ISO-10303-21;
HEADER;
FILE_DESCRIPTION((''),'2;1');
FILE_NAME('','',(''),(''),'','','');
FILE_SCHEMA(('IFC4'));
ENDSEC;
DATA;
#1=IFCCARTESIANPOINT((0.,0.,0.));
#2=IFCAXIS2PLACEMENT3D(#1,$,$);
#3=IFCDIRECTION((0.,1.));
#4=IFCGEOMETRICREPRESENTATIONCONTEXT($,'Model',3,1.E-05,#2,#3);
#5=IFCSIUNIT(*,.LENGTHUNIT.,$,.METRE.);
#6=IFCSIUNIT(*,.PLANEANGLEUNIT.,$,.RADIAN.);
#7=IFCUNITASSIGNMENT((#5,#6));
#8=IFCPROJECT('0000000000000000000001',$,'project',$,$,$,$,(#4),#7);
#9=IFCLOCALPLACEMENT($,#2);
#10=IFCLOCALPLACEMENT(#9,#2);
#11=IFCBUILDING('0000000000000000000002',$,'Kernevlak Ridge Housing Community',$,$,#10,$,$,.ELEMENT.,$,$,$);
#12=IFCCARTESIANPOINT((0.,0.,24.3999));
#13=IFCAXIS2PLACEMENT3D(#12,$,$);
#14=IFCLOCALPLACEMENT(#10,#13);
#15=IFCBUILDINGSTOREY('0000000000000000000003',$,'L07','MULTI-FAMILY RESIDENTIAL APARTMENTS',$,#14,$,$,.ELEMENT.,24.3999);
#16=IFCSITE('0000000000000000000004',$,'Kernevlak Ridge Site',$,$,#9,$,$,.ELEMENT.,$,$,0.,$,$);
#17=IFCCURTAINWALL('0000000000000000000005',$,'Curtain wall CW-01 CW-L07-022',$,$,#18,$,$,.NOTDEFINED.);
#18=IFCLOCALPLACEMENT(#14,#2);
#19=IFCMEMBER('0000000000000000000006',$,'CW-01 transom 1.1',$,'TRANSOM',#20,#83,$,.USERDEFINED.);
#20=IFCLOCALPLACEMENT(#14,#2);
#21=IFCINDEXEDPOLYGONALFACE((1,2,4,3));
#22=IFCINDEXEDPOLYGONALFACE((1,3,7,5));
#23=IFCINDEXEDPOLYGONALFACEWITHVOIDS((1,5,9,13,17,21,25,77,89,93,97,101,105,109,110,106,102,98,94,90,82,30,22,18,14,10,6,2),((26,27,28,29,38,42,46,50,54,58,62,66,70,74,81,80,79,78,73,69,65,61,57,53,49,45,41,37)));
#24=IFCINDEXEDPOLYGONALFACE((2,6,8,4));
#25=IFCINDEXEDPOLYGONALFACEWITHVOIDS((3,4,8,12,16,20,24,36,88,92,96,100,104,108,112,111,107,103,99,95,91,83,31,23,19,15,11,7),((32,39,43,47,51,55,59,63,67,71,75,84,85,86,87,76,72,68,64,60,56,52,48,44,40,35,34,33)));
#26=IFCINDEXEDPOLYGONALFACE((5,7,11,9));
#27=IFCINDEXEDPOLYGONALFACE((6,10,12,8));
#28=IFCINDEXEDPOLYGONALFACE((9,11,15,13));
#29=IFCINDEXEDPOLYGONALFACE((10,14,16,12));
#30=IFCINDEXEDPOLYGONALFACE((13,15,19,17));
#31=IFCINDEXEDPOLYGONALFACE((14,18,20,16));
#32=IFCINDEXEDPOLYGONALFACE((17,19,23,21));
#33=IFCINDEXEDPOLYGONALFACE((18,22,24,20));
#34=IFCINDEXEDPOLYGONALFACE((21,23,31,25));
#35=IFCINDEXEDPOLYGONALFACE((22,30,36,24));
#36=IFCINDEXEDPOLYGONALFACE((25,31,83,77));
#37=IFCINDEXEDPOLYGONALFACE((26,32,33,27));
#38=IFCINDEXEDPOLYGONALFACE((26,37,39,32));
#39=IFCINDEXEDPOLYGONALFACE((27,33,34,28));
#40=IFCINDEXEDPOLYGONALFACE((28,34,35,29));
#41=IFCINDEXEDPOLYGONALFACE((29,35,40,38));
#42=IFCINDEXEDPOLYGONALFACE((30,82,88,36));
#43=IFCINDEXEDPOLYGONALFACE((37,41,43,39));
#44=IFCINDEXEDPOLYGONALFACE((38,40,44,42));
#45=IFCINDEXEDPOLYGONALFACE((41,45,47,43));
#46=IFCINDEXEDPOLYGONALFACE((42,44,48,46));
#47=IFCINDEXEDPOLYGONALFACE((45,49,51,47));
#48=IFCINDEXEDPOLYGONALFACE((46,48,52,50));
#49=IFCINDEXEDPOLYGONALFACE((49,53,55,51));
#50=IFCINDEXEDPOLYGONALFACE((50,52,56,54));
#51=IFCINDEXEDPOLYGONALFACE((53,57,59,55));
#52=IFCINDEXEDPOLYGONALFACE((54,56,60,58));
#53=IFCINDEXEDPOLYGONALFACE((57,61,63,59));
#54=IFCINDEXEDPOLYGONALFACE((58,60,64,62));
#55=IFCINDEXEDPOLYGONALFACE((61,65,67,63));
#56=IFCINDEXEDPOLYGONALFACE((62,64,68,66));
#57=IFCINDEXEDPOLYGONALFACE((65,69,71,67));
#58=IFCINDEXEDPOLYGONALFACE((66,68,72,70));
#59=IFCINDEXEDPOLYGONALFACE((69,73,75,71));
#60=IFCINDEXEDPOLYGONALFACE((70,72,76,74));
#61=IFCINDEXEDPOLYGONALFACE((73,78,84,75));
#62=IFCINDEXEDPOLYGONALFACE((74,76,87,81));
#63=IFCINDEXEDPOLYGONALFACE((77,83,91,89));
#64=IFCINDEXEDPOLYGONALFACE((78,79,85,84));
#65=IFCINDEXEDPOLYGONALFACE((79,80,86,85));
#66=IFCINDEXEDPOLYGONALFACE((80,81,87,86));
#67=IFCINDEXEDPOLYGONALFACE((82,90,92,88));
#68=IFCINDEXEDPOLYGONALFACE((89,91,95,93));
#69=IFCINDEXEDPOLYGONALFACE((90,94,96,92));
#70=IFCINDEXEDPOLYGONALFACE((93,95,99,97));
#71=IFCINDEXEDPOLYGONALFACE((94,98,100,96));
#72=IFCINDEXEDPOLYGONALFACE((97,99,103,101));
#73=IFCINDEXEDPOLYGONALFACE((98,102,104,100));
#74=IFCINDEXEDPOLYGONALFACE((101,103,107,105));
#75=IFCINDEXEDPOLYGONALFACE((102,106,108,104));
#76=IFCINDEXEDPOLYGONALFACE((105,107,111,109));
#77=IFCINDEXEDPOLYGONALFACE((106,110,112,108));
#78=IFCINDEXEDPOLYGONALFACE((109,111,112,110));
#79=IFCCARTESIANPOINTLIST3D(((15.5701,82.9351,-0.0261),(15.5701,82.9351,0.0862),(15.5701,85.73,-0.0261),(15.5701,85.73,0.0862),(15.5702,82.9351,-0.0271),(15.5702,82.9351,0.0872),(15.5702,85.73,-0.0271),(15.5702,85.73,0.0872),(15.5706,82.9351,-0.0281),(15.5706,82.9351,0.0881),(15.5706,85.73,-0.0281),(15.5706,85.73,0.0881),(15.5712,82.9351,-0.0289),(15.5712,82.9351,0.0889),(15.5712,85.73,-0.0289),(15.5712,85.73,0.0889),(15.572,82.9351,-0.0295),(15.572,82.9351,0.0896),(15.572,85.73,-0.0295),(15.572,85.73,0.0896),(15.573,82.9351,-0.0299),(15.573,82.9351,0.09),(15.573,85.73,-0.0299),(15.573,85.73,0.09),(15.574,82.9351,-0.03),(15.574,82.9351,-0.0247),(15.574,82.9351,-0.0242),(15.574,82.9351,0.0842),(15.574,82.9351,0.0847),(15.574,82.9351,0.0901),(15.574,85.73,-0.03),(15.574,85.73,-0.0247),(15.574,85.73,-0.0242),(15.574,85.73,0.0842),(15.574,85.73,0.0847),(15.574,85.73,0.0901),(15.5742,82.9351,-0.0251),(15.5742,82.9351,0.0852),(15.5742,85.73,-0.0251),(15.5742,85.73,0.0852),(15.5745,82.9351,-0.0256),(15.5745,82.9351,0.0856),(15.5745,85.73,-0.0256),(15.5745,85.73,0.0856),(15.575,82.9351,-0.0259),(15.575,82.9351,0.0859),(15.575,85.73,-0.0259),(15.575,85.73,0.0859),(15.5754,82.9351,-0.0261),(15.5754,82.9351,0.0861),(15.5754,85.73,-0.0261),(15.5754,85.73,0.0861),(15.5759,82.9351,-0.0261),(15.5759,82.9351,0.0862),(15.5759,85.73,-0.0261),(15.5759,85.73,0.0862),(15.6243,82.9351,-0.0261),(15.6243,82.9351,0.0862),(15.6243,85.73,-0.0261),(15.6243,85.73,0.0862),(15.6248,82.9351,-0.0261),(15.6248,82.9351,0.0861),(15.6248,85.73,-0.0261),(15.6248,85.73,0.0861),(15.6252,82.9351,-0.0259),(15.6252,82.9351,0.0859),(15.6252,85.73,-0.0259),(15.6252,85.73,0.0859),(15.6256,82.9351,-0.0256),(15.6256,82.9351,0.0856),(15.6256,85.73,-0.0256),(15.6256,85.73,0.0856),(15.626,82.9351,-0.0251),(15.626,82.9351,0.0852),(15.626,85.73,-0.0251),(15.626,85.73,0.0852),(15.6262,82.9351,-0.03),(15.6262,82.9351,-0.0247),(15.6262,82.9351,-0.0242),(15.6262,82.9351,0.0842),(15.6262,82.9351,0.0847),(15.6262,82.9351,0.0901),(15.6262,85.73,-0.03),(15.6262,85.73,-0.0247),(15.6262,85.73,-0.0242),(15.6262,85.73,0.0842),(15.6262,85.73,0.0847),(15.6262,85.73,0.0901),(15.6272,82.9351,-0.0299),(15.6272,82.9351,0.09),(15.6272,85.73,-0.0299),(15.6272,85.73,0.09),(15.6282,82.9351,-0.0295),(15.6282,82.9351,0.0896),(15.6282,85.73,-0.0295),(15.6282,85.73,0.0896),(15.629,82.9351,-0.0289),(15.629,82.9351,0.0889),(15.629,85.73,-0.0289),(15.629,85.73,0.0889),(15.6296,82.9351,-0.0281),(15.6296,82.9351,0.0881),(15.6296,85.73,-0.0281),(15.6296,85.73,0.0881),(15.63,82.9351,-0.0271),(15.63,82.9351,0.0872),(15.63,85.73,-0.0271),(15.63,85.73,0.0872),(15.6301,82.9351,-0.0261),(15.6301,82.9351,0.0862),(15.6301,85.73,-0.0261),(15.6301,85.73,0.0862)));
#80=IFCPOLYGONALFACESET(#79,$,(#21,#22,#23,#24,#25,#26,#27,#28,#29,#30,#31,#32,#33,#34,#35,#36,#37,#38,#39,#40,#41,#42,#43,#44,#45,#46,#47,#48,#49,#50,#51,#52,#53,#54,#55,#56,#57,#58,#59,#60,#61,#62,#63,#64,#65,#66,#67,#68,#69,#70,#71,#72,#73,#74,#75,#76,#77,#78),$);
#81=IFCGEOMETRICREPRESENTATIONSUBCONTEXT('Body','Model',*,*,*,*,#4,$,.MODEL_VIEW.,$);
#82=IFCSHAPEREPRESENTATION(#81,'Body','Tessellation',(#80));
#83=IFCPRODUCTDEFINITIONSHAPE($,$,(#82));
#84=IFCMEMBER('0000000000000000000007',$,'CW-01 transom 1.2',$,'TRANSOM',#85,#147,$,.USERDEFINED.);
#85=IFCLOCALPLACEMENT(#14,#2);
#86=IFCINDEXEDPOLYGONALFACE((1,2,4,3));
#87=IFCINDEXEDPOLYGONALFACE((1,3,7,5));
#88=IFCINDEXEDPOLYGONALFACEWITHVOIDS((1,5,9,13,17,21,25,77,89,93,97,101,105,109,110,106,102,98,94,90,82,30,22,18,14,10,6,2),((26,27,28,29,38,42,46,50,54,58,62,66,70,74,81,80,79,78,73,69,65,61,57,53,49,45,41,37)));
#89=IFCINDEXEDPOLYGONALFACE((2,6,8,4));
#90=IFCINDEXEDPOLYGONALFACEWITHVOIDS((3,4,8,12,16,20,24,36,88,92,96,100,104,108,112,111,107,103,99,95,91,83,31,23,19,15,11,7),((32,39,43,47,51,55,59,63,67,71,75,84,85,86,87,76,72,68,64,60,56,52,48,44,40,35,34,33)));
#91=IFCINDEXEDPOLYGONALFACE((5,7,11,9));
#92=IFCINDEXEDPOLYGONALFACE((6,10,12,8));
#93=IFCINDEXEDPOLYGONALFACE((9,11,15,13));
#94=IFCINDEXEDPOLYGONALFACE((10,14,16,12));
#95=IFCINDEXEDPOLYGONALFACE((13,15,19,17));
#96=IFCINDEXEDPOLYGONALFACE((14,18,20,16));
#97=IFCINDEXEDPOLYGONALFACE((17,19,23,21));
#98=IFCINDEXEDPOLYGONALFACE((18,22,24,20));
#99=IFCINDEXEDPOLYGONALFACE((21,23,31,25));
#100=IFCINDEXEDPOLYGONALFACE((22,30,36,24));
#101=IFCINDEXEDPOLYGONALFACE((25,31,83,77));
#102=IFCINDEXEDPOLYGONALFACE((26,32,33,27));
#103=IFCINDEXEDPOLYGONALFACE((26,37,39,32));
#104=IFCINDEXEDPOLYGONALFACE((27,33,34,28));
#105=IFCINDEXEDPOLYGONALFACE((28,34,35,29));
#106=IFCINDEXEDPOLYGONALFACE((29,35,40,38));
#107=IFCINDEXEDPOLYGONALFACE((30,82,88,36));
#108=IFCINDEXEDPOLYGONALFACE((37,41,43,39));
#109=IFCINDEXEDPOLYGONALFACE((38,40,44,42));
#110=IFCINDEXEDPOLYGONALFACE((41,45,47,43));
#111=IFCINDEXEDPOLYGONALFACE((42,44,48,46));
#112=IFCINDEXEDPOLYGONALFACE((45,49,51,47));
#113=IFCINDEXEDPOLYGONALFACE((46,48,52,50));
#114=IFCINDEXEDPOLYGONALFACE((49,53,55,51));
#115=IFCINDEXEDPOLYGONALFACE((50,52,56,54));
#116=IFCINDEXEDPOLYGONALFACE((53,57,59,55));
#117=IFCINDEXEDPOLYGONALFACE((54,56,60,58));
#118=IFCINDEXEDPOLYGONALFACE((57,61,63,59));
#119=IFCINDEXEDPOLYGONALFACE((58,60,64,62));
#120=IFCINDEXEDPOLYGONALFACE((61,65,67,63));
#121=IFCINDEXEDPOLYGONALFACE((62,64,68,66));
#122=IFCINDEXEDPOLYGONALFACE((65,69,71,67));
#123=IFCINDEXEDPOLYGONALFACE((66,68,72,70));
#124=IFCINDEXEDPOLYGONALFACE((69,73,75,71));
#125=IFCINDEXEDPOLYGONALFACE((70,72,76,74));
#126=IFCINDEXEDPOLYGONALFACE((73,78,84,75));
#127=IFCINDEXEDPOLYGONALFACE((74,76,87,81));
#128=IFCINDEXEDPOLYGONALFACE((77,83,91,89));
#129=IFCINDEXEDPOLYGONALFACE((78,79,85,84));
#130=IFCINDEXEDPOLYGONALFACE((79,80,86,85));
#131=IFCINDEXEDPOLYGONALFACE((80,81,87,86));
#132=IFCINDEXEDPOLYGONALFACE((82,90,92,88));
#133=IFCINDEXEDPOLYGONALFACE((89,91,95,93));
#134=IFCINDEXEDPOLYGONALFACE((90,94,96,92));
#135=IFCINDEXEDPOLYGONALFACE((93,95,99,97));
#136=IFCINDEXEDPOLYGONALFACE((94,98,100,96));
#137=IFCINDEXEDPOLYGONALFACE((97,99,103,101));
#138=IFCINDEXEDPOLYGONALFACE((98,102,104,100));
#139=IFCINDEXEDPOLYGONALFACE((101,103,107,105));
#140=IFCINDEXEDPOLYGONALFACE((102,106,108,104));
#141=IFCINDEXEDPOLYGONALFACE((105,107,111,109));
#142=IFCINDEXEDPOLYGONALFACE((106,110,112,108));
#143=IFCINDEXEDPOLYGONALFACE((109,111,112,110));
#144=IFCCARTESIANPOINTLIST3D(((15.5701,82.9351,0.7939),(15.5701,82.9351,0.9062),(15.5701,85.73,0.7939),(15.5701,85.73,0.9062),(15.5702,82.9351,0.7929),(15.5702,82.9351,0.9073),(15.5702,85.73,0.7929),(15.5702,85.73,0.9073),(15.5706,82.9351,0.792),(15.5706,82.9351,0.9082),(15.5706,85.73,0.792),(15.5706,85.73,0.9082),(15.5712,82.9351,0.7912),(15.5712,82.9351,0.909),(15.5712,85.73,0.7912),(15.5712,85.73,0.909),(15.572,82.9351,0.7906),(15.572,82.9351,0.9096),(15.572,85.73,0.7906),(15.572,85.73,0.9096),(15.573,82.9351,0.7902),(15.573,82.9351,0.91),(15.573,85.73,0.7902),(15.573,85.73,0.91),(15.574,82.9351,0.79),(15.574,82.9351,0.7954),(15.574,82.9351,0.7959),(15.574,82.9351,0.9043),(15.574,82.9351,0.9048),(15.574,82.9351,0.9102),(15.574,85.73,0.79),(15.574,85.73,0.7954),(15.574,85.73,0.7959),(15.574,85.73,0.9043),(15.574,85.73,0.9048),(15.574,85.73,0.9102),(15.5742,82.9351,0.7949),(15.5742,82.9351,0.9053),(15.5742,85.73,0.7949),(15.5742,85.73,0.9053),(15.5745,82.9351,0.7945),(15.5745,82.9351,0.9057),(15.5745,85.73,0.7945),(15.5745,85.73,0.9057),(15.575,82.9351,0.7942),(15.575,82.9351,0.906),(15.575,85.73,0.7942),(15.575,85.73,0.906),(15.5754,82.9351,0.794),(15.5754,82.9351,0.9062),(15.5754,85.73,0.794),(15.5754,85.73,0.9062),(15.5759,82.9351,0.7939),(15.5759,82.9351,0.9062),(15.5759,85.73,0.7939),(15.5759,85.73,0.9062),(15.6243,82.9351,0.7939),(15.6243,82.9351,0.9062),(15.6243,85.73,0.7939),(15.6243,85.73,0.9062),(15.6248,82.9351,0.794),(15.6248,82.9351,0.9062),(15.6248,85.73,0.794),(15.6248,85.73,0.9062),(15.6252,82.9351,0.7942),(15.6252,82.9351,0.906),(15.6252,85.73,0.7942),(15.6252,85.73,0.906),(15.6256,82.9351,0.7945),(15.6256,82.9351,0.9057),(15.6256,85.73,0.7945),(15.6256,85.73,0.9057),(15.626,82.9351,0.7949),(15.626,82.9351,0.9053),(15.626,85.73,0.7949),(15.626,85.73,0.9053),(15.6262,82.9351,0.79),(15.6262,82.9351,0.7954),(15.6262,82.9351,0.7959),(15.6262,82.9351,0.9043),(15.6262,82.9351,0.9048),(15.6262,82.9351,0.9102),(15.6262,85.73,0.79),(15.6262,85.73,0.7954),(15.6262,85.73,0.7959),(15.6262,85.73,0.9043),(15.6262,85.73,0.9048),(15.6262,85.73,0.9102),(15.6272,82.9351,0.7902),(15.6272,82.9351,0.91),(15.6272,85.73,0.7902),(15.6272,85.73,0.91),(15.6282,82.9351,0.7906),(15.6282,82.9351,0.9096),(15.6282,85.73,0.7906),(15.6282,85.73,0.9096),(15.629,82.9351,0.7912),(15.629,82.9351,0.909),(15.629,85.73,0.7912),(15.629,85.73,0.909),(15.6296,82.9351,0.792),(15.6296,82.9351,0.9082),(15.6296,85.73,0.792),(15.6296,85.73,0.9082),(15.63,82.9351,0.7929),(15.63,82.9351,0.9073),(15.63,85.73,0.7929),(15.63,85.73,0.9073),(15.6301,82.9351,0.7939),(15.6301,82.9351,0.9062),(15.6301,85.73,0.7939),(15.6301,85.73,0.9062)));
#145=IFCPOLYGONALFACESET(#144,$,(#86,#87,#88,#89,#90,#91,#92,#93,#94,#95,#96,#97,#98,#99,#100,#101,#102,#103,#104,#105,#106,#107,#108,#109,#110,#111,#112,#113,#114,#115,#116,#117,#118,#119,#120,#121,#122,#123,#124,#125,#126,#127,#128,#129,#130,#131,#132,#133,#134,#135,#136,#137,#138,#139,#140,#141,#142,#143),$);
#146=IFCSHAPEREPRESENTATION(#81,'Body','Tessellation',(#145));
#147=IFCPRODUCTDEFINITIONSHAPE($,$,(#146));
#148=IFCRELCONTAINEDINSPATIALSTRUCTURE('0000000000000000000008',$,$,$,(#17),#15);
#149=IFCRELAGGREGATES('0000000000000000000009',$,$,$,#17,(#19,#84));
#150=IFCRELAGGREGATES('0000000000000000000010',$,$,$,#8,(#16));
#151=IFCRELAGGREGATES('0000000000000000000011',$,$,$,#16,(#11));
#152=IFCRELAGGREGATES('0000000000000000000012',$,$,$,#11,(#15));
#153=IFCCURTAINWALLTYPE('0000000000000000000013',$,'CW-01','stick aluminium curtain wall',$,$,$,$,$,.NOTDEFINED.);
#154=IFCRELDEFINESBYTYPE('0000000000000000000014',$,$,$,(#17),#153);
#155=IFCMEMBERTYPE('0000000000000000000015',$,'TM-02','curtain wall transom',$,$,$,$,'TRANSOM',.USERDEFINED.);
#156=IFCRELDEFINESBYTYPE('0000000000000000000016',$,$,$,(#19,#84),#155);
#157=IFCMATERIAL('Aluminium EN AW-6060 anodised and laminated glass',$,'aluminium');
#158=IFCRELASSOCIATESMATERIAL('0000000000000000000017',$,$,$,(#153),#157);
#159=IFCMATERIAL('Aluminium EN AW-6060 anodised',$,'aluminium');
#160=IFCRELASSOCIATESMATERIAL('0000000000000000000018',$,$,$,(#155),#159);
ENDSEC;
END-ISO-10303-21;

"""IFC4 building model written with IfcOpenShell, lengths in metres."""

from ifc_helpers import new_model, si_unit, direction, frame, origin, origin_2d, place, context, subcontext, project, spatial, hollow_rectangle, extrude, material, material_profile, profile_set, type_object, element, aggregate, save


model = new_model("IFC4")

# Units and contexts
model_context = context("Model", 3, precision=1e-05, world=origin(), true_north=direction((0.0, 1.0)))
body_context = subcontext(model_context, "Body", "Model", "MODEL_VIEW")
ifc_project = project(units=[si_unit("LENGTHUNIT", "METRE"), si_unit("PLANEANGLEUNIT", "RADIAN")], contexts=[model_context])

# Site, building, storey
site_placement = place(None, origin())
site = spatial("IfcSite", under=ifc_project, at=site_placement, Name="Kernevlak Ridge Site", CompositionType="ELEMENT", RefElevation=0.0)
building_placement = place(site_placement, origin())
building = spatial("IfcBuilding", under=site, at=building_placement, Name="Kernevlak Ridge Housing Community", CompositionType="ELEMENT")
storey_placement = place(building_placement, frame((0.0, 0.0, 24.3999)))
storey = spatial("IfcBuildingStorey", under=building, at=storey_placement, Name="L07", Description="MULTI-FAMILY RESIDENTIAL APARTMENTS", CompositionType="ELEMENT", Elevation=24.3999)

# Curtain wall
ifc_material_1 = material(Name="Aluminium EN AW-6060 anodised and laminated glass", Category="aluminium")
curtain_wall_type = type_object("IfcCurtainWallType", Name="CW-01", Description="stick aluminium curtain wall", PredefinedType="NOTDEFINED", material=ifc_material_1)
curtain_wall_placement = place(storey_placement, origin())
curtain_wall = element("IfcCurtainWall", 1, at=curtain_wall_placement, inside=storey, type_object=curtain_wall_type, Name="Curtain wall CW-01 CW-L07-022", PredefinedType="NOTDEFINED")
ifc_material_2 = material(Name="Aluminium EN AW-6060 anodised", Category="aluminium")

# Members
ifc_material_profile_1 = material_profile(ifc_material_2, hollow_rectangle(XDim=0.0601, YDim=0.1201, WallThickness=0.0039, InnerFilletRadius=0.002, OuterFilletRadius=0.0039, at=origin_2d()), Name="ALU 60x120x4")
ifc_profile_set_1 = profile_set([ifc_material_profile_1], Name="Aluminium EN AW-6060 anodised")
member_type_1 = type_object("IfcMemberType", Name="TM-02", Description="curtain wall transom", ElementType="TRANSOM", PredefinedType="USERDEFINED", material=ifc_profile_set_1)
member_1_placement = place(storey_placement, frame((15.6001, 82.9351, 0.03), z_axis=(0.0, 1.0, 0.0), x_axis=(-1.0, 0.0, 0.0)))
member_1 = element("IfcMember", 2, at=member_1_placement, type_object=member_type_1, Name="CW-01 transom 1.1", ObjectType="TRANSOM", PredefinedType="USERDEFINED", context=body_context, shape_type="SweptSolid", body=[
    extrude(hollow_rectangle(XDim=0.0601, YDim=0.1201, WallThickness=0.0039, InnerFilletRadius=0.002, OuterFilletRadius=0.0039, at=origin_2d()), origin(), (0.0, 0.0, 1.0), 2.7949),
])
member_2_placement = place(storey_placement, frame((15.6001, 82.9351, 0.8501), z_axis=(0.0, 1.0, 0.0), x_axis=(-1.0, 0.0, 0.0)))
member_2 = element("IfcMember", 3, at=member_2_placement, type_object=member_type_1, Name="CW-01 transom 1.2", ObjectType="TRANSOM", PredefinedType="USERDEFINED", context=body_context, shape_type="SweptSolid", body=[
    extrude(hollow_rectangle(XDim=0.0601, YDim=0.1201, WallThickness=0.0039, InnerFilletRadius=0.002, OuterFilletRadius=0.0039, at=origin_2d()), origin(), (0.0, 0.0, 1.0), 2.7949),
])

aggregate(curtain_wall, [member_1, member_2])

save(model, "model.ifc")
